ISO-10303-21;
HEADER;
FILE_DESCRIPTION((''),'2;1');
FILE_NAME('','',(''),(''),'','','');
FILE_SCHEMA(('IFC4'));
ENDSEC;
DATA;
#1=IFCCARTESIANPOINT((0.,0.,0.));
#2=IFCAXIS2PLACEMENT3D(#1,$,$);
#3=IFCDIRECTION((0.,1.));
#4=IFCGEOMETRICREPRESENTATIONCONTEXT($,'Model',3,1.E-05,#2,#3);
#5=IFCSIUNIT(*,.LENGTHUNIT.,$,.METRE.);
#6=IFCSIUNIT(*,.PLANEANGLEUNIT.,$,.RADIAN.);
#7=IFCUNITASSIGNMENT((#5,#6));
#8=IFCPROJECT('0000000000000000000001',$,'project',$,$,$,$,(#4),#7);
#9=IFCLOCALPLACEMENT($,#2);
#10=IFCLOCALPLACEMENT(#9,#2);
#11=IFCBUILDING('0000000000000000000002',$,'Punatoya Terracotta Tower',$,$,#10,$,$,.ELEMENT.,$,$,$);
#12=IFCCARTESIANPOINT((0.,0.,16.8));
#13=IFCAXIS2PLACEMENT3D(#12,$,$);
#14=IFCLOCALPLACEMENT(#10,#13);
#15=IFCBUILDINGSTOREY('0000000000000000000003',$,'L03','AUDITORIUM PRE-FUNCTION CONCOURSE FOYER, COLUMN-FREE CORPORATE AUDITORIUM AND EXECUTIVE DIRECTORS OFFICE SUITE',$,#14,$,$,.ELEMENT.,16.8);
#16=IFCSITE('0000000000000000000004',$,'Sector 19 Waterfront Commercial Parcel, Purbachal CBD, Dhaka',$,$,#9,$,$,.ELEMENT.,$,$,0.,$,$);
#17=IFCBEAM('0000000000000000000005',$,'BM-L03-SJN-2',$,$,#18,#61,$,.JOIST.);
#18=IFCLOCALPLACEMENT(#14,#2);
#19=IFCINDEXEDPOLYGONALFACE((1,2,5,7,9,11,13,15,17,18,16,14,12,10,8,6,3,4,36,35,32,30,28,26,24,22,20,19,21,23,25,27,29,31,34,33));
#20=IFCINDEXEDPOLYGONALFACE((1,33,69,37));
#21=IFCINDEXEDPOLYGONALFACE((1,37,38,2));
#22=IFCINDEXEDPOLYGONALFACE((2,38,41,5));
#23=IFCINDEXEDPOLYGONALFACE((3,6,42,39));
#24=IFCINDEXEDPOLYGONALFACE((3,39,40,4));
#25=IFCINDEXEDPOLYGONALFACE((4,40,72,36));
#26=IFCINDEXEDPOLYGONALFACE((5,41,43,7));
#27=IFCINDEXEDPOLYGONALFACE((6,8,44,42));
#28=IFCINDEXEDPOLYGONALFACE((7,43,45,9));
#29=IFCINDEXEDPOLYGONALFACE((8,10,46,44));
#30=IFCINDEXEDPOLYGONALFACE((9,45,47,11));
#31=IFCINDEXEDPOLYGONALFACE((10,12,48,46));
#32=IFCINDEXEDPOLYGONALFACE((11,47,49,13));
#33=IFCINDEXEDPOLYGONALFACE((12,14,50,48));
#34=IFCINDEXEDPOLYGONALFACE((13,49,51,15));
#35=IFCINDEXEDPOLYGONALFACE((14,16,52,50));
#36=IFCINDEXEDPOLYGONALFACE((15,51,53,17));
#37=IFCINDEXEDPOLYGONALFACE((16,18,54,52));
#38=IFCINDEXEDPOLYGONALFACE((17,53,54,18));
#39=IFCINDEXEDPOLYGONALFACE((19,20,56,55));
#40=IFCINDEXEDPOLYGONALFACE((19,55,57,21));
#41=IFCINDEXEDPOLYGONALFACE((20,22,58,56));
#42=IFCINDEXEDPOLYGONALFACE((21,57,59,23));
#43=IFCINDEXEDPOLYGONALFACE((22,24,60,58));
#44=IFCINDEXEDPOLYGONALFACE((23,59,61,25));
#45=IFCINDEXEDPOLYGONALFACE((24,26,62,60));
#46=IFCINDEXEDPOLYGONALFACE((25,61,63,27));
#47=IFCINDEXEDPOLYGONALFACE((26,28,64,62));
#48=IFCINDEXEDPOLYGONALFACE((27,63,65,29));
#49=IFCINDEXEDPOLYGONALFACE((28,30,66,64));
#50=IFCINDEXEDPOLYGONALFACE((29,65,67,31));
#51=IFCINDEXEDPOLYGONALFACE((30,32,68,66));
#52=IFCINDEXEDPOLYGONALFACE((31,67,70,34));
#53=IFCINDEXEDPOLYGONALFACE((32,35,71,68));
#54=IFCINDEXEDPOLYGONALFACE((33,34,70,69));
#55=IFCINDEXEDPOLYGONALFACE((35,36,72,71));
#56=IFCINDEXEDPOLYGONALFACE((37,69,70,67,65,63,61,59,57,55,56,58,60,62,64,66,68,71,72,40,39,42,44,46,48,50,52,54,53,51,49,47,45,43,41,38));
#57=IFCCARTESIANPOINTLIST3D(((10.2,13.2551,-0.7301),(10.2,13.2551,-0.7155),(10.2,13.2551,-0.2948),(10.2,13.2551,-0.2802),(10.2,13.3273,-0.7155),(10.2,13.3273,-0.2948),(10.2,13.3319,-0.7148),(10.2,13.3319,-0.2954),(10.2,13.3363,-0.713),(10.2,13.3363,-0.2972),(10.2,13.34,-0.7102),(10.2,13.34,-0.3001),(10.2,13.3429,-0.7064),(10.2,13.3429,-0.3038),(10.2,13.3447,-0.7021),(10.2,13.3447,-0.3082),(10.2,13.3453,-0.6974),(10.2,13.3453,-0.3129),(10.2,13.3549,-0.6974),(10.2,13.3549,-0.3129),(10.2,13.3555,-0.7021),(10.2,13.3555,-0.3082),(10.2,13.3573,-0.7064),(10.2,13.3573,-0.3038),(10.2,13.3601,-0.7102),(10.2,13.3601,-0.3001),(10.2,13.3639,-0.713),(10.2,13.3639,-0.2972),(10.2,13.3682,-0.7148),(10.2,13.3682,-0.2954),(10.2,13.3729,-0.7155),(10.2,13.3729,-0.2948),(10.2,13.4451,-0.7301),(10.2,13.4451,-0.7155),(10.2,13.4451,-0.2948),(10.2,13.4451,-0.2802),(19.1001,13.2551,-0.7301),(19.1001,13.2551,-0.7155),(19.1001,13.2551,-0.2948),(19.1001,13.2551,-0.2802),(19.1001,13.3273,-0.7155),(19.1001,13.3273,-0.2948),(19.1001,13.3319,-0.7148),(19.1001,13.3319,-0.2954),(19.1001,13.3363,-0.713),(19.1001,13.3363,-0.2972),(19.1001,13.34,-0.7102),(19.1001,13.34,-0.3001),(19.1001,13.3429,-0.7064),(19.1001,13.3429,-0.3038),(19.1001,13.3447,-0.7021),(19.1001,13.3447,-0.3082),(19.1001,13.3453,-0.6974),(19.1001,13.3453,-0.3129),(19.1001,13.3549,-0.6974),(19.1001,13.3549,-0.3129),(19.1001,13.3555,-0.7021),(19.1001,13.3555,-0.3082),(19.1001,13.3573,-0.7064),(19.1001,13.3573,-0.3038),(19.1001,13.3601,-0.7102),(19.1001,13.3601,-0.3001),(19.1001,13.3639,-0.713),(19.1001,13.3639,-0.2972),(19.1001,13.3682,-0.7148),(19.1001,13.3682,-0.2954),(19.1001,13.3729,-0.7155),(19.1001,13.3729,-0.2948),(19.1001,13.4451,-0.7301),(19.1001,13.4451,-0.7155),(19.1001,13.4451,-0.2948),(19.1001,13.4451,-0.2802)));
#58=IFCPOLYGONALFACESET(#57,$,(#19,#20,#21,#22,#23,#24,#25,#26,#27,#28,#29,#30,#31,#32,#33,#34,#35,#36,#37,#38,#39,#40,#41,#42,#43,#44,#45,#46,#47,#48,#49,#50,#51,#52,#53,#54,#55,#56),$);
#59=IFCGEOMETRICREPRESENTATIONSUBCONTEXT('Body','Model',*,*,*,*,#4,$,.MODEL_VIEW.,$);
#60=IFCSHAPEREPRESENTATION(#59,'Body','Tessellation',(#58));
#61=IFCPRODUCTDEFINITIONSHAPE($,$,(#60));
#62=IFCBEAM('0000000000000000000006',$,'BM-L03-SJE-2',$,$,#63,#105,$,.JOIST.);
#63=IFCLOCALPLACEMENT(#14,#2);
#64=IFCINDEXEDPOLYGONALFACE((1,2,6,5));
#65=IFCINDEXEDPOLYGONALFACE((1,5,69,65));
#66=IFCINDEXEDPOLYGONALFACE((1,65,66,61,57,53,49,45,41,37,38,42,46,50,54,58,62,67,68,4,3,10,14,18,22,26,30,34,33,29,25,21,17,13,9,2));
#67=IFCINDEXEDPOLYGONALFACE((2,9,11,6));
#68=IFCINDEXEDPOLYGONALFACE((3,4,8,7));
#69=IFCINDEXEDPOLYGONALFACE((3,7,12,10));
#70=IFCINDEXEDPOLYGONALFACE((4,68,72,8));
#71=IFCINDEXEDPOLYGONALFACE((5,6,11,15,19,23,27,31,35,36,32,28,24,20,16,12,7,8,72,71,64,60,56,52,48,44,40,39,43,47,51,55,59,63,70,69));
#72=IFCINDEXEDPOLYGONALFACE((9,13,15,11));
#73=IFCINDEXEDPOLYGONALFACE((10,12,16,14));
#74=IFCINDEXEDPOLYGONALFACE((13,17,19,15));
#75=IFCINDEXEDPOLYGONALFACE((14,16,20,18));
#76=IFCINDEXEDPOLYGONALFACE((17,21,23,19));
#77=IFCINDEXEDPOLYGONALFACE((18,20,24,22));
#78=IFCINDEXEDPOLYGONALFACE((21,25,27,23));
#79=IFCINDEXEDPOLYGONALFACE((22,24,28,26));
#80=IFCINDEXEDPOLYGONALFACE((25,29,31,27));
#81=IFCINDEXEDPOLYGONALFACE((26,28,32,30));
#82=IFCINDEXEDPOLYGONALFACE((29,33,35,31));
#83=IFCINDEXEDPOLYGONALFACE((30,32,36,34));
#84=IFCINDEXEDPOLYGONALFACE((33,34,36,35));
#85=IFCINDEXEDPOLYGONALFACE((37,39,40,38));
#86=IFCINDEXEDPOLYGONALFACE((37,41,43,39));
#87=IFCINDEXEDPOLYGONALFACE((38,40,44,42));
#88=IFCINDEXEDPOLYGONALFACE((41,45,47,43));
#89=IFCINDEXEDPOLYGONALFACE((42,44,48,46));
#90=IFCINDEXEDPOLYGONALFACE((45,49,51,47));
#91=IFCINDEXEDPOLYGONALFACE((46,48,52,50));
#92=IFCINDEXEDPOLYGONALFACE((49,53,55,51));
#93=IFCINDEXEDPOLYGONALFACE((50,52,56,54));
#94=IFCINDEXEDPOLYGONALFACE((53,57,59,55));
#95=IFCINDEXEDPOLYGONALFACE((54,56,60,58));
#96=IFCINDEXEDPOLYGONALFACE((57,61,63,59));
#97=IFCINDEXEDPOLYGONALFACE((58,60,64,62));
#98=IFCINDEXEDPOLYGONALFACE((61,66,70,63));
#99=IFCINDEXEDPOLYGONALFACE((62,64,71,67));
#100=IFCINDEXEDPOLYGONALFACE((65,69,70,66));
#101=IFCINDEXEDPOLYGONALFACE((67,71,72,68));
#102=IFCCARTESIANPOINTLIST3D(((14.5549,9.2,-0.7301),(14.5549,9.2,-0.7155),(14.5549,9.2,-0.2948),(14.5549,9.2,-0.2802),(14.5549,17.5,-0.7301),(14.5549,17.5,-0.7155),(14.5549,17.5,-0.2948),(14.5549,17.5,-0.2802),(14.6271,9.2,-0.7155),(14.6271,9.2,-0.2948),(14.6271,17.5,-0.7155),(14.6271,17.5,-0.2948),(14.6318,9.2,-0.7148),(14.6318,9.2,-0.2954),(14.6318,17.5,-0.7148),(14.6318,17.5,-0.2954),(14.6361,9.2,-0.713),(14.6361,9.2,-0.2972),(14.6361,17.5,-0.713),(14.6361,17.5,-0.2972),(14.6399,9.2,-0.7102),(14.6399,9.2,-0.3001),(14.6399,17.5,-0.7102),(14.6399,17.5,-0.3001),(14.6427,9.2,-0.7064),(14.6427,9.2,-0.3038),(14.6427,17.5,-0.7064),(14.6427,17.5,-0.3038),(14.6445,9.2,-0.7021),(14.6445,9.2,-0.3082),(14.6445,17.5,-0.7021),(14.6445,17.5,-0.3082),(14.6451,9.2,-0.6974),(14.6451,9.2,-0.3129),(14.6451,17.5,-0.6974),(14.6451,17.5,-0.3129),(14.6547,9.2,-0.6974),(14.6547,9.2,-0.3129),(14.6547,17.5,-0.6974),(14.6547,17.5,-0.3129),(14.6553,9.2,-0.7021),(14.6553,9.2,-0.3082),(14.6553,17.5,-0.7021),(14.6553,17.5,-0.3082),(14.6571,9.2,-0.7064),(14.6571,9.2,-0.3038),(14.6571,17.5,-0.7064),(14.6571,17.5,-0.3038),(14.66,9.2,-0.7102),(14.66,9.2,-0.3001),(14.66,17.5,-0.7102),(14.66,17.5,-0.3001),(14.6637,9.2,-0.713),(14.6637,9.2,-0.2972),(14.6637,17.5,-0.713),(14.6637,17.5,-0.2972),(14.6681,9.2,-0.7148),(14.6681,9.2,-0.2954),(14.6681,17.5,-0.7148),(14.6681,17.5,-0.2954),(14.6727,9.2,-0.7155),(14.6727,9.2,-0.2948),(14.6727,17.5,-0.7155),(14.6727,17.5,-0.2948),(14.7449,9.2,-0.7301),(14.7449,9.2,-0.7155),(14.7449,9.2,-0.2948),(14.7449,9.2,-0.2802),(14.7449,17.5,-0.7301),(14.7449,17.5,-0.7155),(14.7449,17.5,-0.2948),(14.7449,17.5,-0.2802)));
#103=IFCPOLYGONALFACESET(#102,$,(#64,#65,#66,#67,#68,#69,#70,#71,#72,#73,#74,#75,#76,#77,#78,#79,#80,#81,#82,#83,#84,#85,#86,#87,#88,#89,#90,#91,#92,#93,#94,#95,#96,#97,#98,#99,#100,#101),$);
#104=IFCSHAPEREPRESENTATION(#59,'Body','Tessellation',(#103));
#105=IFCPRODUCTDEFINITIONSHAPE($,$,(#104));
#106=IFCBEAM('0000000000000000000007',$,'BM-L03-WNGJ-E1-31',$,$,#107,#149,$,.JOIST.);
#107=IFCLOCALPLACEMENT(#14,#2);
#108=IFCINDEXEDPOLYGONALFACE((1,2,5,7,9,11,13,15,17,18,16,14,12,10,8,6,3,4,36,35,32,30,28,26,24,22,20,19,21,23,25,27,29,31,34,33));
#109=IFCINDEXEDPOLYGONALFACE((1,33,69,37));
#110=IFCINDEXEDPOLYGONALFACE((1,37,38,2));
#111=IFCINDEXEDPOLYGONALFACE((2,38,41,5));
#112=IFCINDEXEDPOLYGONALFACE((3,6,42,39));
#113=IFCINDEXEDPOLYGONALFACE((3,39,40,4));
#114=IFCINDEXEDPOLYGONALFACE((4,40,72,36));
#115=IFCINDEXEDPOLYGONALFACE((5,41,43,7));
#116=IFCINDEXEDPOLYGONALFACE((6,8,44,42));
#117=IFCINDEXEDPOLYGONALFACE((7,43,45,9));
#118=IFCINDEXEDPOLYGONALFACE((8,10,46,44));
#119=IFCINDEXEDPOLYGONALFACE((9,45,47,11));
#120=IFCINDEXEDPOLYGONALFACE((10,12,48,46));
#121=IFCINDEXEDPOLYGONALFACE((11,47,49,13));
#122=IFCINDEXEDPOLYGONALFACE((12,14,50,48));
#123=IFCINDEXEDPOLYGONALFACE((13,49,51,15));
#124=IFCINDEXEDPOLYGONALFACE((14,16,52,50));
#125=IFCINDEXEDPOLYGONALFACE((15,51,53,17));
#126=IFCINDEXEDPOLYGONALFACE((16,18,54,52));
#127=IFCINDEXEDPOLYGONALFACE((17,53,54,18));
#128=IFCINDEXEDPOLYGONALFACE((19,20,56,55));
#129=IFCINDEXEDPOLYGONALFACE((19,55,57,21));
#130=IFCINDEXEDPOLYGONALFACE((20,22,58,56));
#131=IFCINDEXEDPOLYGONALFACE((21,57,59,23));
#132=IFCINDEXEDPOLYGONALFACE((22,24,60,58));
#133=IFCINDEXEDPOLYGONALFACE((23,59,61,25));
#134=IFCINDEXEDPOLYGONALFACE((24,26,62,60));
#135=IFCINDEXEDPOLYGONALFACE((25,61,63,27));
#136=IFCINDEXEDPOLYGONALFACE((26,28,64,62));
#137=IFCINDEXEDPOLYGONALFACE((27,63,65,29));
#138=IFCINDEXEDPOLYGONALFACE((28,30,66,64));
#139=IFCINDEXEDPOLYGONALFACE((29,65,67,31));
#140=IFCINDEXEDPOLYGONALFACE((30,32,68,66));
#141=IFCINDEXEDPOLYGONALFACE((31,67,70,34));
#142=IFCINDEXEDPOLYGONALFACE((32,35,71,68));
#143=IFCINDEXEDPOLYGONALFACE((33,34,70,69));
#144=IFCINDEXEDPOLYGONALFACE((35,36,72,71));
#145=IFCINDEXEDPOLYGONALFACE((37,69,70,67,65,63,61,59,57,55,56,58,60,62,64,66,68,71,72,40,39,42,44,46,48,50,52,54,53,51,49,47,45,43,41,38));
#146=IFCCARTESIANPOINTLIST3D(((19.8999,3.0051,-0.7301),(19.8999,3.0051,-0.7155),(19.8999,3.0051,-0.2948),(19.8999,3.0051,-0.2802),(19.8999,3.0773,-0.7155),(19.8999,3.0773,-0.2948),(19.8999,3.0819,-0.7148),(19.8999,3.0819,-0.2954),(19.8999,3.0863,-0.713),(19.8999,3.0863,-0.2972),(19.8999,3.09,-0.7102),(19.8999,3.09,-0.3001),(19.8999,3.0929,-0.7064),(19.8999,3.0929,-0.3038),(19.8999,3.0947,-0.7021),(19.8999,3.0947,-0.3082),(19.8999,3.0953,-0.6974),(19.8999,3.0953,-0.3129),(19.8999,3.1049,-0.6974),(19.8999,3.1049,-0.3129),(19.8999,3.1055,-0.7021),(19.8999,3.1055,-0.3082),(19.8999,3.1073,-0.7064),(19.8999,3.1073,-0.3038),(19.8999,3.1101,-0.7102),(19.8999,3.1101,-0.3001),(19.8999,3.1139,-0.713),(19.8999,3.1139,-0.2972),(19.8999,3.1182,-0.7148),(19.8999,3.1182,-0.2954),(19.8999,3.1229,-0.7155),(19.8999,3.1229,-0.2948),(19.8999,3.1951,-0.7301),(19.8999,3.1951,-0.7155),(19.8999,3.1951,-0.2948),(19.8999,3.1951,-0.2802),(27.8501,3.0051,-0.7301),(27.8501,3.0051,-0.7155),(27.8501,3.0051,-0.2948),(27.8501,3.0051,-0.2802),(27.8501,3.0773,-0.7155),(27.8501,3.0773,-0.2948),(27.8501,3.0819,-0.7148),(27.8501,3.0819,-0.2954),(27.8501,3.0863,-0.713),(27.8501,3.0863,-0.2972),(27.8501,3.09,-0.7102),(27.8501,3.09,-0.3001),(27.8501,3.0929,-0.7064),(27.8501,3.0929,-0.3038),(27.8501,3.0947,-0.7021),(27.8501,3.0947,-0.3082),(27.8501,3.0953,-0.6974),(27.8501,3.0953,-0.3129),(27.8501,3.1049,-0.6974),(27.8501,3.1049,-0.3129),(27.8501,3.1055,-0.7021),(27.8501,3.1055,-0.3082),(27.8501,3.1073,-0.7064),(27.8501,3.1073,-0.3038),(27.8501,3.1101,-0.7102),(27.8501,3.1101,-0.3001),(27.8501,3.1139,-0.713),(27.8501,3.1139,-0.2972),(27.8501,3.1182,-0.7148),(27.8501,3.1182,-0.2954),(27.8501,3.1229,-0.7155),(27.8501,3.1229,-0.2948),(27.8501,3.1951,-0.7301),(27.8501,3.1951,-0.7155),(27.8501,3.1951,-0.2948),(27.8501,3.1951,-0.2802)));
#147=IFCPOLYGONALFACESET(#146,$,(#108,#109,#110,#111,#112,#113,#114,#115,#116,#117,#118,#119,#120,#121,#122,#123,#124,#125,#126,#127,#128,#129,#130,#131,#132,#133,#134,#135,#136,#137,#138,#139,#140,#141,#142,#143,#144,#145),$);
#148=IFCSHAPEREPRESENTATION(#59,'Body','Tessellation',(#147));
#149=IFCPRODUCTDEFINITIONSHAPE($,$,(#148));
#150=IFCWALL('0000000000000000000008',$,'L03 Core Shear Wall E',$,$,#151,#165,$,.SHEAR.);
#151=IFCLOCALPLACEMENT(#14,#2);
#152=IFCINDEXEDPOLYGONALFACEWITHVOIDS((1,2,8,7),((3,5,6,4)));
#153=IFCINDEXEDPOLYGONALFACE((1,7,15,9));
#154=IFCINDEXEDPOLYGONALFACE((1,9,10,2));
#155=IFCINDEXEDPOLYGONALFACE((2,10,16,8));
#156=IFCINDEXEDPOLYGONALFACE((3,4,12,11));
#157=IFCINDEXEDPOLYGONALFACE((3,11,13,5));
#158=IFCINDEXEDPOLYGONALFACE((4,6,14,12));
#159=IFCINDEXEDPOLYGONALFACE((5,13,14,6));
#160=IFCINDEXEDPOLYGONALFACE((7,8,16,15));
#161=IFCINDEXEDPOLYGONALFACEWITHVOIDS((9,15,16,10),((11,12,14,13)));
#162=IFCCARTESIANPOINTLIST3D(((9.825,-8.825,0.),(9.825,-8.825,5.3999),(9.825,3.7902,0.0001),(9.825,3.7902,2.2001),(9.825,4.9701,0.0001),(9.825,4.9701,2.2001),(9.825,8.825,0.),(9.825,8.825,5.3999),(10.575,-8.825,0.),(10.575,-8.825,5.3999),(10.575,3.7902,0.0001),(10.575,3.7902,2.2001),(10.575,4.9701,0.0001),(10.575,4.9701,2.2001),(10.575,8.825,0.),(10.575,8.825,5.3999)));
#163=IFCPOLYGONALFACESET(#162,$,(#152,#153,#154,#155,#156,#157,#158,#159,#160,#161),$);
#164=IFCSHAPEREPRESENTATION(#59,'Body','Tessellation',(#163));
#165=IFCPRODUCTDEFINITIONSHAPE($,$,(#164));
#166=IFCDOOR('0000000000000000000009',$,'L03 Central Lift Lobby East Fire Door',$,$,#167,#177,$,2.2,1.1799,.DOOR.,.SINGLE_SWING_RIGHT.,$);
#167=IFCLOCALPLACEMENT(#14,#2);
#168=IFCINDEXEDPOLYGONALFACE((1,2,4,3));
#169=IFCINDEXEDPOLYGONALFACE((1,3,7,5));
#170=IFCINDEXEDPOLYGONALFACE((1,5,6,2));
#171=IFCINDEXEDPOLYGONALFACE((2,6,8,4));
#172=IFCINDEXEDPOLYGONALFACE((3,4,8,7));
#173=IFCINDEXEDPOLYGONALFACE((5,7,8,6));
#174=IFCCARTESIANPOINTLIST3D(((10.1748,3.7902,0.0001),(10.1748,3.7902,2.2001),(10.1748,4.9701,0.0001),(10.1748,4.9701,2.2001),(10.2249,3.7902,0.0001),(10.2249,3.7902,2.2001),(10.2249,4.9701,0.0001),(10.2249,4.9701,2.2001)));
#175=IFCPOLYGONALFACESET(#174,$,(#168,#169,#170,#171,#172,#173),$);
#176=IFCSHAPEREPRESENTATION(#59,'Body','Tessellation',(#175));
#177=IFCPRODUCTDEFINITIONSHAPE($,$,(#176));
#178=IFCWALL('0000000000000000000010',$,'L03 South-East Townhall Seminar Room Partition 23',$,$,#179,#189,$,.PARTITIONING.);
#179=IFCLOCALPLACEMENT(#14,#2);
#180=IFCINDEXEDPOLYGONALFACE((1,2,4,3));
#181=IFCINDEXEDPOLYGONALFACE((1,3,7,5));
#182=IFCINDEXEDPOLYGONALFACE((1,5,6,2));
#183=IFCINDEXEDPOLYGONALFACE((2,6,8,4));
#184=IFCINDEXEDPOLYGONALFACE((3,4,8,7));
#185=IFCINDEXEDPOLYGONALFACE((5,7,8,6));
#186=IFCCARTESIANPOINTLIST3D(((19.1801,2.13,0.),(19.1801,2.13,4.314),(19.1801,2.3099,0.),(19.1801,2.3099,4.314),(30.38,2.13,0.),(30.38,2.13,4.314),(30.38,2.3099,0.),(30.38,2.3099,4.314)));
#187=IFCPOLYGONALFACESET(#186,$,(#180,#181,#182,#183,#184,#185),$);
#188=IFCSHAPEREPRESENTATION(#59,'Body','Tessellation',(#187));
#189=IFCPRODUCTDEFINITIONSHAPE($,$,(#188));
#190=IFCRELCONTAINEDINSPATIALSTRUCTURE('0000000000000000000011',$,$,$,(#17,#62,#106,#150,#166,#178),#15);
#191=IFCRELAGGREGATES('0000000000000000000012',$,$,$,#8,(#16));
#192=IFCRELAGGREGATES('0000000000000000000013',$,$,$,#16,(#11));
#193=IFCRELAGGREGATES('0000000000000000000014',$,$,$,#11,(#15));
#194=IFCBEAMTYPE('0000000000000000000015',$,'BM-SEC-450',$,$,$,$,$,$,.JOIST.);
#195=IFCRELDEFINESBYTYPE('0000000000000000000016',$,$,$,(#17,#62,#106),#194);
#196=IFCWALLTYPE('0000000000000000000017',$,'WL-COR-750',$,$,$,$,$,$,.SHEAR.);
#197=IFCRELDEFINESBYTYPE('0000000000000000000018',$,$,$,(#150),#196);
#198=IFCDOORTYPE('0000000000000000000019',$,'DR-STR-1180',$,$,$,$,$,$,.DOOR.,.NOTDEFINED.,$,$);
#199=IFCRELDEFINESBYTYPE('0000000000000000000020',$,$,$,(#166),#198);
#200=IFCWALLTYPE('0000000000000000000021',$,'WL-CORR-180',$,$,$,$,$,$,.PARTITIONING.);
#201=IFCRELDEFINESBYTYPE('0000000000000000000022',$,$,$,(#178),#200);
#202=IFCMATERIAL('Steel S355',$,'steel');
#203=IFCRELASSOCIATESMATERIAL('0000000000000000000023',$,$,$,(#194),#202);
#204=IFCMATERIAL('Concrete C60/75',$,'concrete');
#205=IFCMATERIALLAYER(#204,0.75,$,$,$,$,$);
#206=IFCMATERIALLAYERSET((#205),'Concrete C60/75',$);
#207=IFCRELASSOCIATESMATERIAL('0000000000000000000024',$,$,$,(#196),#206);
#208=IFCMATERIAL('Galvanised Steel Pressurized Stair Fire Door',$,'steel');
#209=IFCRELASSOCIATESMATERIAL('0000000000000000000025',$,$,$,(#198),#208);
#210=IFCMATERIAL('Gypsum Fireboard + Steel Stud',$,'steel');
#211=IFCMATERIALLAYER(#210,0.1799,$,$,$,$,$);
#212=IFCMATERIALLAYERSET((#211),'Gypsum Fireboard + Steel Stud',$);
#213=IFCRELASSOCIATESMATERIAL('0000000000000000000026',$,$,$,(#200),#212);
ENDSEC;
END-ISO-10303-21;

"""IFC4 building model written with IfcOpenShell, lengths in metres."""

from ifc_helpers import new_model, si_unit, direction, frame, frame_2d, origin, origin_2d, place, context, subcontext, project, spatial, rectangle, i_section, extrude, material, layer, layer_set, material_profile, profile_set, type_object, element, fill, save


model = new_model("IFC4")

# Units and contexts
model_context = context("Model", 3, precision=1e-05, world=origin(), true_north=direction((0.0, 1.0)))
body_context = subcontext(model_context, "Body", "Model", "MODEL_VIEW")
ifc_project = project(units=[si_unit("LENGTHUNIT", "METRE"), si_unit("PLANEANGLEUNIT", "RADIAN")], contexts=[model_context])

# Site, building, storey
site_placement = place(None, origin())
site = spatial("IfcSite", under=ifc_project, at=site_placement, Name="Sector 19 Waterfront Commercial Parcel, Purbachal CBD, Dhaka", CompositionType="ELEMENT", RefElevation=0.0)
building_placement = place(site_placement, origin())
building = spatial("IfcBuilding", under=site, at=building_placement, Name="Punatoya Terracotta Tower", CompositionType="ELEMENT")
storey_placement = place(building_placement, frame((0.0, 0.0, 16.8)))
storey = spatial("IfcBuildingStorey", under=building, at=storey_placement, Name="L03", Description="AUDITORIUM PRE-FUNCTION CONCOURSE FOYER, COLUMN-FREE CORPORATE AUDITORIUM AND EXECUTIVE DIRECTORS OFFICE SUITE", CompositionType="ELEMENT", Elevation=16.8)

# Beams
ifc_material_1 = material(Name="Steel S355", Category="steel")
ifc_material_profile_1 = material_profile(ifc_material_1, i_section(OverallWidth=0.1899, OverallDepth=0.45, WebThickness=0.0095, FlangeThickness=0.0146, FilletRadius=0.0181, at=origin_2d()))
ifc_profile_set_1 = profile_set([ifc_material_profile_1], Name="Steel S355")
beam_type_1 = type_object("IfcBeamType", Name="BM-SEC-450", PredefinedType="JOIST", material=ifc_profile_set_1)
beam_1_placement = place(storey_placement, frame((10.2, 13.3501, -0.5051), z_axis=(1.0, 0.0, 0.0), x_axis=(0.0, 1.0, 0.0)))
element("IfcBeam", 1, at=beam_1_placement, inside=storey, type_object=beam_type_1, Name="BM-L03-SJN-2", PredefinedType="JOIST", context=body_context, shape_type="SweptSolid", body=[
    extrude(i_section(OverallWidth=0.1899, OverallDepth=0.45, WebThickness=0.0095, FlangeThickness=0.0146, FilletRadius=0.0181, at=origin_2d()), origin(), (0.0, 0.0, 1.0), 8.9001),
])
beam_2_placement = place(storey_placement, frame((14.6499, 9.2, -0.5051), z_axis=(0.0, 1.0, 0.0), x_axis=(-1.0, 0.0, 0.0)))
element("IfcBeam", 2, at=beam_2_placement, inside=storey, type_object=beam_type_1, Name="BM-L03-SJE-2", PredefinedType="JOIST", context=body_context, shape_type="SweptSolid", body=[
    extrude(i_section(OverallWidth=0.1899, OverallDepth=0.45, WebThickness=0.0095, FlangeThickness=0.0146, FilletRadius=0.0181, at=origin_2d()), origin(), (0.0, 0.0, 1.0), 8.3),
])
beam_3_placement = place(storey_placement, frame((19.8999, 3.1001, -0.5051), z_axis=(1.0, 0.0, 0.0), x_axis=(0.0, 1.0, 0.0)))
element("IfcBeam", 3, at=beam_3_placement, inside=storey, type_object=beam_type_1, Name="BM-L03-WNGJ-E1-31", PredefinedType="JOIST", context=body_context, shape_type="SweptSolid", body=[
    extrude(i_section(OverallWidth=0.1899, OverallDepth=0.45, WebThickness=0.0095, FlangeThickness=0.0146, FilletRadius=0.0181, at=origin_2d()), origin(), (0.0, 0.0, 1.0), 7.9502),
])

# Wall, opening, door
ifc_material_2 = material(Name="Concrete C60/75", Category="concrete")
ifc_layer_1 = layer(ifc_material_2, 0.75)
ifc_layer_set_1 = layer_set([ifc_layer_1], Name="Concrete C60/75")
wall_type_1 = type_object("IfcWallType", Name="WL-COR-750", PredefinedType="SHEAR", material=ifc_layer_set_1)
wall_1_placement = place(storey_placement, frame((10.2, 8.825, 0.0), z_axis=(0.0, 0.0, 1.0), x_axis=(0.0, -1.0, 0.0)))
wall_1 = element("IfcWall", 4, at=wall_1_placement, inside=storey, type_object=wall_type_1, Name="L03 Core Shear Wall E", PredefinedType="SHEAR", context=body_context, shape_type="SweptSolid", body=[
    extrude(rectangle(XDim=17.6499, YDim=0.75, at=frame_2d((8.825, 0.0))), origin(), (0.0, 0.0, 1.0), 5.3999),
])
opening_1_placement = place(wall_1_placement, frame((3.855, 0.0, 0.0)))
opening_1 = element("IfcOpeningElement", 5, at=opening_1_placement, cuts=wall_1, PredefinedType="OPENING", context=body_context, shape_type="SweptSolid", body=[
    extrude(rectangle(XDim=1.1799, YDim=2.2, at=frame_2d((0.5898, 1.1001))), frame((0.0, 0.385, 0.0), z_axis=(0.0, -1.0, 0.0), x_axis=(1.0, 0.0, 0.0)), (0.0, 0.0, 1.0), 0.77),
])
ifc_material_3 = material(Name="Galvanised Steel Pressurized Stair Fire Door", Category="steel")
door_type_1 = type_object("IfcDoorType", Name="DR-STR-1180", OperationType="NOTDEFINED", PredefinedType="DOOR", material=ifc_material_3)
door_1_placement = place(opening_1_placement, origin())
door_1 = element("IfcDoor", 6, at=door_1_placement, inside=storey, type_object=door_type_1, Name="L03 Central Lift Lobby East Fire Door", OperationType="SINGLE_SWING_RIGHT", OverallHeight=2.2, OverallWidth=1.1799, PredefinedType="DOOR", context=body_context, shape_type="SweptSolid", body=[
    extrude(rectangle(XDim=1.1799, YDim=2.2, at=frame_2d((0.5898, 1.1001))), frame((0.0, 0.0249, 0.0), z_axis=(0.0, -1.0, 0.0), x_axis=(1.0, 0.0, 0.0)), (0.0, 0.0, 1.0), 0.05),
])
fill(opening_1, door_1)

# Wall
ifc_material_4 = material(Name="Gypsum Fireboard + Steel Stud", Category="steel")
ifc_layer_2 = layer(ifc_material_4, 0.1799)
ifc_layer_set_2 = layer_set([ifc_layer_2], Name="Gypsum Fireboard + Steel Stud")
wall_type_2 = type_object("IfcWallType", Name="WL-CORR-180", PredefinedType="PARTITIONING", material=ifc_layer_set_2)
wall_2_placement = place(storey_placement, frame((19.1799, 2.22, 0.0), z_axis=(0.0, 0.0, 1.0), x_axis=(1.0, 0.0, 0.0)))
element("IfcWall", 7, at=wall_2_placement, inside=storey, type_object=wall_type_2, Name="L03 South-East Townhall Seminar Room Partition 23", PredefinedType="PARTITIONING", context=body_context, shape_type="SweptSolid", body=[
    extrude(rectangle(XDim=11.2, YDim=0.1799, at=frame_2d((5.6001, 0.0))), origin(), (0.0, 0.0, 1.0), 4.314),
])

save(model, "model.ifc")
